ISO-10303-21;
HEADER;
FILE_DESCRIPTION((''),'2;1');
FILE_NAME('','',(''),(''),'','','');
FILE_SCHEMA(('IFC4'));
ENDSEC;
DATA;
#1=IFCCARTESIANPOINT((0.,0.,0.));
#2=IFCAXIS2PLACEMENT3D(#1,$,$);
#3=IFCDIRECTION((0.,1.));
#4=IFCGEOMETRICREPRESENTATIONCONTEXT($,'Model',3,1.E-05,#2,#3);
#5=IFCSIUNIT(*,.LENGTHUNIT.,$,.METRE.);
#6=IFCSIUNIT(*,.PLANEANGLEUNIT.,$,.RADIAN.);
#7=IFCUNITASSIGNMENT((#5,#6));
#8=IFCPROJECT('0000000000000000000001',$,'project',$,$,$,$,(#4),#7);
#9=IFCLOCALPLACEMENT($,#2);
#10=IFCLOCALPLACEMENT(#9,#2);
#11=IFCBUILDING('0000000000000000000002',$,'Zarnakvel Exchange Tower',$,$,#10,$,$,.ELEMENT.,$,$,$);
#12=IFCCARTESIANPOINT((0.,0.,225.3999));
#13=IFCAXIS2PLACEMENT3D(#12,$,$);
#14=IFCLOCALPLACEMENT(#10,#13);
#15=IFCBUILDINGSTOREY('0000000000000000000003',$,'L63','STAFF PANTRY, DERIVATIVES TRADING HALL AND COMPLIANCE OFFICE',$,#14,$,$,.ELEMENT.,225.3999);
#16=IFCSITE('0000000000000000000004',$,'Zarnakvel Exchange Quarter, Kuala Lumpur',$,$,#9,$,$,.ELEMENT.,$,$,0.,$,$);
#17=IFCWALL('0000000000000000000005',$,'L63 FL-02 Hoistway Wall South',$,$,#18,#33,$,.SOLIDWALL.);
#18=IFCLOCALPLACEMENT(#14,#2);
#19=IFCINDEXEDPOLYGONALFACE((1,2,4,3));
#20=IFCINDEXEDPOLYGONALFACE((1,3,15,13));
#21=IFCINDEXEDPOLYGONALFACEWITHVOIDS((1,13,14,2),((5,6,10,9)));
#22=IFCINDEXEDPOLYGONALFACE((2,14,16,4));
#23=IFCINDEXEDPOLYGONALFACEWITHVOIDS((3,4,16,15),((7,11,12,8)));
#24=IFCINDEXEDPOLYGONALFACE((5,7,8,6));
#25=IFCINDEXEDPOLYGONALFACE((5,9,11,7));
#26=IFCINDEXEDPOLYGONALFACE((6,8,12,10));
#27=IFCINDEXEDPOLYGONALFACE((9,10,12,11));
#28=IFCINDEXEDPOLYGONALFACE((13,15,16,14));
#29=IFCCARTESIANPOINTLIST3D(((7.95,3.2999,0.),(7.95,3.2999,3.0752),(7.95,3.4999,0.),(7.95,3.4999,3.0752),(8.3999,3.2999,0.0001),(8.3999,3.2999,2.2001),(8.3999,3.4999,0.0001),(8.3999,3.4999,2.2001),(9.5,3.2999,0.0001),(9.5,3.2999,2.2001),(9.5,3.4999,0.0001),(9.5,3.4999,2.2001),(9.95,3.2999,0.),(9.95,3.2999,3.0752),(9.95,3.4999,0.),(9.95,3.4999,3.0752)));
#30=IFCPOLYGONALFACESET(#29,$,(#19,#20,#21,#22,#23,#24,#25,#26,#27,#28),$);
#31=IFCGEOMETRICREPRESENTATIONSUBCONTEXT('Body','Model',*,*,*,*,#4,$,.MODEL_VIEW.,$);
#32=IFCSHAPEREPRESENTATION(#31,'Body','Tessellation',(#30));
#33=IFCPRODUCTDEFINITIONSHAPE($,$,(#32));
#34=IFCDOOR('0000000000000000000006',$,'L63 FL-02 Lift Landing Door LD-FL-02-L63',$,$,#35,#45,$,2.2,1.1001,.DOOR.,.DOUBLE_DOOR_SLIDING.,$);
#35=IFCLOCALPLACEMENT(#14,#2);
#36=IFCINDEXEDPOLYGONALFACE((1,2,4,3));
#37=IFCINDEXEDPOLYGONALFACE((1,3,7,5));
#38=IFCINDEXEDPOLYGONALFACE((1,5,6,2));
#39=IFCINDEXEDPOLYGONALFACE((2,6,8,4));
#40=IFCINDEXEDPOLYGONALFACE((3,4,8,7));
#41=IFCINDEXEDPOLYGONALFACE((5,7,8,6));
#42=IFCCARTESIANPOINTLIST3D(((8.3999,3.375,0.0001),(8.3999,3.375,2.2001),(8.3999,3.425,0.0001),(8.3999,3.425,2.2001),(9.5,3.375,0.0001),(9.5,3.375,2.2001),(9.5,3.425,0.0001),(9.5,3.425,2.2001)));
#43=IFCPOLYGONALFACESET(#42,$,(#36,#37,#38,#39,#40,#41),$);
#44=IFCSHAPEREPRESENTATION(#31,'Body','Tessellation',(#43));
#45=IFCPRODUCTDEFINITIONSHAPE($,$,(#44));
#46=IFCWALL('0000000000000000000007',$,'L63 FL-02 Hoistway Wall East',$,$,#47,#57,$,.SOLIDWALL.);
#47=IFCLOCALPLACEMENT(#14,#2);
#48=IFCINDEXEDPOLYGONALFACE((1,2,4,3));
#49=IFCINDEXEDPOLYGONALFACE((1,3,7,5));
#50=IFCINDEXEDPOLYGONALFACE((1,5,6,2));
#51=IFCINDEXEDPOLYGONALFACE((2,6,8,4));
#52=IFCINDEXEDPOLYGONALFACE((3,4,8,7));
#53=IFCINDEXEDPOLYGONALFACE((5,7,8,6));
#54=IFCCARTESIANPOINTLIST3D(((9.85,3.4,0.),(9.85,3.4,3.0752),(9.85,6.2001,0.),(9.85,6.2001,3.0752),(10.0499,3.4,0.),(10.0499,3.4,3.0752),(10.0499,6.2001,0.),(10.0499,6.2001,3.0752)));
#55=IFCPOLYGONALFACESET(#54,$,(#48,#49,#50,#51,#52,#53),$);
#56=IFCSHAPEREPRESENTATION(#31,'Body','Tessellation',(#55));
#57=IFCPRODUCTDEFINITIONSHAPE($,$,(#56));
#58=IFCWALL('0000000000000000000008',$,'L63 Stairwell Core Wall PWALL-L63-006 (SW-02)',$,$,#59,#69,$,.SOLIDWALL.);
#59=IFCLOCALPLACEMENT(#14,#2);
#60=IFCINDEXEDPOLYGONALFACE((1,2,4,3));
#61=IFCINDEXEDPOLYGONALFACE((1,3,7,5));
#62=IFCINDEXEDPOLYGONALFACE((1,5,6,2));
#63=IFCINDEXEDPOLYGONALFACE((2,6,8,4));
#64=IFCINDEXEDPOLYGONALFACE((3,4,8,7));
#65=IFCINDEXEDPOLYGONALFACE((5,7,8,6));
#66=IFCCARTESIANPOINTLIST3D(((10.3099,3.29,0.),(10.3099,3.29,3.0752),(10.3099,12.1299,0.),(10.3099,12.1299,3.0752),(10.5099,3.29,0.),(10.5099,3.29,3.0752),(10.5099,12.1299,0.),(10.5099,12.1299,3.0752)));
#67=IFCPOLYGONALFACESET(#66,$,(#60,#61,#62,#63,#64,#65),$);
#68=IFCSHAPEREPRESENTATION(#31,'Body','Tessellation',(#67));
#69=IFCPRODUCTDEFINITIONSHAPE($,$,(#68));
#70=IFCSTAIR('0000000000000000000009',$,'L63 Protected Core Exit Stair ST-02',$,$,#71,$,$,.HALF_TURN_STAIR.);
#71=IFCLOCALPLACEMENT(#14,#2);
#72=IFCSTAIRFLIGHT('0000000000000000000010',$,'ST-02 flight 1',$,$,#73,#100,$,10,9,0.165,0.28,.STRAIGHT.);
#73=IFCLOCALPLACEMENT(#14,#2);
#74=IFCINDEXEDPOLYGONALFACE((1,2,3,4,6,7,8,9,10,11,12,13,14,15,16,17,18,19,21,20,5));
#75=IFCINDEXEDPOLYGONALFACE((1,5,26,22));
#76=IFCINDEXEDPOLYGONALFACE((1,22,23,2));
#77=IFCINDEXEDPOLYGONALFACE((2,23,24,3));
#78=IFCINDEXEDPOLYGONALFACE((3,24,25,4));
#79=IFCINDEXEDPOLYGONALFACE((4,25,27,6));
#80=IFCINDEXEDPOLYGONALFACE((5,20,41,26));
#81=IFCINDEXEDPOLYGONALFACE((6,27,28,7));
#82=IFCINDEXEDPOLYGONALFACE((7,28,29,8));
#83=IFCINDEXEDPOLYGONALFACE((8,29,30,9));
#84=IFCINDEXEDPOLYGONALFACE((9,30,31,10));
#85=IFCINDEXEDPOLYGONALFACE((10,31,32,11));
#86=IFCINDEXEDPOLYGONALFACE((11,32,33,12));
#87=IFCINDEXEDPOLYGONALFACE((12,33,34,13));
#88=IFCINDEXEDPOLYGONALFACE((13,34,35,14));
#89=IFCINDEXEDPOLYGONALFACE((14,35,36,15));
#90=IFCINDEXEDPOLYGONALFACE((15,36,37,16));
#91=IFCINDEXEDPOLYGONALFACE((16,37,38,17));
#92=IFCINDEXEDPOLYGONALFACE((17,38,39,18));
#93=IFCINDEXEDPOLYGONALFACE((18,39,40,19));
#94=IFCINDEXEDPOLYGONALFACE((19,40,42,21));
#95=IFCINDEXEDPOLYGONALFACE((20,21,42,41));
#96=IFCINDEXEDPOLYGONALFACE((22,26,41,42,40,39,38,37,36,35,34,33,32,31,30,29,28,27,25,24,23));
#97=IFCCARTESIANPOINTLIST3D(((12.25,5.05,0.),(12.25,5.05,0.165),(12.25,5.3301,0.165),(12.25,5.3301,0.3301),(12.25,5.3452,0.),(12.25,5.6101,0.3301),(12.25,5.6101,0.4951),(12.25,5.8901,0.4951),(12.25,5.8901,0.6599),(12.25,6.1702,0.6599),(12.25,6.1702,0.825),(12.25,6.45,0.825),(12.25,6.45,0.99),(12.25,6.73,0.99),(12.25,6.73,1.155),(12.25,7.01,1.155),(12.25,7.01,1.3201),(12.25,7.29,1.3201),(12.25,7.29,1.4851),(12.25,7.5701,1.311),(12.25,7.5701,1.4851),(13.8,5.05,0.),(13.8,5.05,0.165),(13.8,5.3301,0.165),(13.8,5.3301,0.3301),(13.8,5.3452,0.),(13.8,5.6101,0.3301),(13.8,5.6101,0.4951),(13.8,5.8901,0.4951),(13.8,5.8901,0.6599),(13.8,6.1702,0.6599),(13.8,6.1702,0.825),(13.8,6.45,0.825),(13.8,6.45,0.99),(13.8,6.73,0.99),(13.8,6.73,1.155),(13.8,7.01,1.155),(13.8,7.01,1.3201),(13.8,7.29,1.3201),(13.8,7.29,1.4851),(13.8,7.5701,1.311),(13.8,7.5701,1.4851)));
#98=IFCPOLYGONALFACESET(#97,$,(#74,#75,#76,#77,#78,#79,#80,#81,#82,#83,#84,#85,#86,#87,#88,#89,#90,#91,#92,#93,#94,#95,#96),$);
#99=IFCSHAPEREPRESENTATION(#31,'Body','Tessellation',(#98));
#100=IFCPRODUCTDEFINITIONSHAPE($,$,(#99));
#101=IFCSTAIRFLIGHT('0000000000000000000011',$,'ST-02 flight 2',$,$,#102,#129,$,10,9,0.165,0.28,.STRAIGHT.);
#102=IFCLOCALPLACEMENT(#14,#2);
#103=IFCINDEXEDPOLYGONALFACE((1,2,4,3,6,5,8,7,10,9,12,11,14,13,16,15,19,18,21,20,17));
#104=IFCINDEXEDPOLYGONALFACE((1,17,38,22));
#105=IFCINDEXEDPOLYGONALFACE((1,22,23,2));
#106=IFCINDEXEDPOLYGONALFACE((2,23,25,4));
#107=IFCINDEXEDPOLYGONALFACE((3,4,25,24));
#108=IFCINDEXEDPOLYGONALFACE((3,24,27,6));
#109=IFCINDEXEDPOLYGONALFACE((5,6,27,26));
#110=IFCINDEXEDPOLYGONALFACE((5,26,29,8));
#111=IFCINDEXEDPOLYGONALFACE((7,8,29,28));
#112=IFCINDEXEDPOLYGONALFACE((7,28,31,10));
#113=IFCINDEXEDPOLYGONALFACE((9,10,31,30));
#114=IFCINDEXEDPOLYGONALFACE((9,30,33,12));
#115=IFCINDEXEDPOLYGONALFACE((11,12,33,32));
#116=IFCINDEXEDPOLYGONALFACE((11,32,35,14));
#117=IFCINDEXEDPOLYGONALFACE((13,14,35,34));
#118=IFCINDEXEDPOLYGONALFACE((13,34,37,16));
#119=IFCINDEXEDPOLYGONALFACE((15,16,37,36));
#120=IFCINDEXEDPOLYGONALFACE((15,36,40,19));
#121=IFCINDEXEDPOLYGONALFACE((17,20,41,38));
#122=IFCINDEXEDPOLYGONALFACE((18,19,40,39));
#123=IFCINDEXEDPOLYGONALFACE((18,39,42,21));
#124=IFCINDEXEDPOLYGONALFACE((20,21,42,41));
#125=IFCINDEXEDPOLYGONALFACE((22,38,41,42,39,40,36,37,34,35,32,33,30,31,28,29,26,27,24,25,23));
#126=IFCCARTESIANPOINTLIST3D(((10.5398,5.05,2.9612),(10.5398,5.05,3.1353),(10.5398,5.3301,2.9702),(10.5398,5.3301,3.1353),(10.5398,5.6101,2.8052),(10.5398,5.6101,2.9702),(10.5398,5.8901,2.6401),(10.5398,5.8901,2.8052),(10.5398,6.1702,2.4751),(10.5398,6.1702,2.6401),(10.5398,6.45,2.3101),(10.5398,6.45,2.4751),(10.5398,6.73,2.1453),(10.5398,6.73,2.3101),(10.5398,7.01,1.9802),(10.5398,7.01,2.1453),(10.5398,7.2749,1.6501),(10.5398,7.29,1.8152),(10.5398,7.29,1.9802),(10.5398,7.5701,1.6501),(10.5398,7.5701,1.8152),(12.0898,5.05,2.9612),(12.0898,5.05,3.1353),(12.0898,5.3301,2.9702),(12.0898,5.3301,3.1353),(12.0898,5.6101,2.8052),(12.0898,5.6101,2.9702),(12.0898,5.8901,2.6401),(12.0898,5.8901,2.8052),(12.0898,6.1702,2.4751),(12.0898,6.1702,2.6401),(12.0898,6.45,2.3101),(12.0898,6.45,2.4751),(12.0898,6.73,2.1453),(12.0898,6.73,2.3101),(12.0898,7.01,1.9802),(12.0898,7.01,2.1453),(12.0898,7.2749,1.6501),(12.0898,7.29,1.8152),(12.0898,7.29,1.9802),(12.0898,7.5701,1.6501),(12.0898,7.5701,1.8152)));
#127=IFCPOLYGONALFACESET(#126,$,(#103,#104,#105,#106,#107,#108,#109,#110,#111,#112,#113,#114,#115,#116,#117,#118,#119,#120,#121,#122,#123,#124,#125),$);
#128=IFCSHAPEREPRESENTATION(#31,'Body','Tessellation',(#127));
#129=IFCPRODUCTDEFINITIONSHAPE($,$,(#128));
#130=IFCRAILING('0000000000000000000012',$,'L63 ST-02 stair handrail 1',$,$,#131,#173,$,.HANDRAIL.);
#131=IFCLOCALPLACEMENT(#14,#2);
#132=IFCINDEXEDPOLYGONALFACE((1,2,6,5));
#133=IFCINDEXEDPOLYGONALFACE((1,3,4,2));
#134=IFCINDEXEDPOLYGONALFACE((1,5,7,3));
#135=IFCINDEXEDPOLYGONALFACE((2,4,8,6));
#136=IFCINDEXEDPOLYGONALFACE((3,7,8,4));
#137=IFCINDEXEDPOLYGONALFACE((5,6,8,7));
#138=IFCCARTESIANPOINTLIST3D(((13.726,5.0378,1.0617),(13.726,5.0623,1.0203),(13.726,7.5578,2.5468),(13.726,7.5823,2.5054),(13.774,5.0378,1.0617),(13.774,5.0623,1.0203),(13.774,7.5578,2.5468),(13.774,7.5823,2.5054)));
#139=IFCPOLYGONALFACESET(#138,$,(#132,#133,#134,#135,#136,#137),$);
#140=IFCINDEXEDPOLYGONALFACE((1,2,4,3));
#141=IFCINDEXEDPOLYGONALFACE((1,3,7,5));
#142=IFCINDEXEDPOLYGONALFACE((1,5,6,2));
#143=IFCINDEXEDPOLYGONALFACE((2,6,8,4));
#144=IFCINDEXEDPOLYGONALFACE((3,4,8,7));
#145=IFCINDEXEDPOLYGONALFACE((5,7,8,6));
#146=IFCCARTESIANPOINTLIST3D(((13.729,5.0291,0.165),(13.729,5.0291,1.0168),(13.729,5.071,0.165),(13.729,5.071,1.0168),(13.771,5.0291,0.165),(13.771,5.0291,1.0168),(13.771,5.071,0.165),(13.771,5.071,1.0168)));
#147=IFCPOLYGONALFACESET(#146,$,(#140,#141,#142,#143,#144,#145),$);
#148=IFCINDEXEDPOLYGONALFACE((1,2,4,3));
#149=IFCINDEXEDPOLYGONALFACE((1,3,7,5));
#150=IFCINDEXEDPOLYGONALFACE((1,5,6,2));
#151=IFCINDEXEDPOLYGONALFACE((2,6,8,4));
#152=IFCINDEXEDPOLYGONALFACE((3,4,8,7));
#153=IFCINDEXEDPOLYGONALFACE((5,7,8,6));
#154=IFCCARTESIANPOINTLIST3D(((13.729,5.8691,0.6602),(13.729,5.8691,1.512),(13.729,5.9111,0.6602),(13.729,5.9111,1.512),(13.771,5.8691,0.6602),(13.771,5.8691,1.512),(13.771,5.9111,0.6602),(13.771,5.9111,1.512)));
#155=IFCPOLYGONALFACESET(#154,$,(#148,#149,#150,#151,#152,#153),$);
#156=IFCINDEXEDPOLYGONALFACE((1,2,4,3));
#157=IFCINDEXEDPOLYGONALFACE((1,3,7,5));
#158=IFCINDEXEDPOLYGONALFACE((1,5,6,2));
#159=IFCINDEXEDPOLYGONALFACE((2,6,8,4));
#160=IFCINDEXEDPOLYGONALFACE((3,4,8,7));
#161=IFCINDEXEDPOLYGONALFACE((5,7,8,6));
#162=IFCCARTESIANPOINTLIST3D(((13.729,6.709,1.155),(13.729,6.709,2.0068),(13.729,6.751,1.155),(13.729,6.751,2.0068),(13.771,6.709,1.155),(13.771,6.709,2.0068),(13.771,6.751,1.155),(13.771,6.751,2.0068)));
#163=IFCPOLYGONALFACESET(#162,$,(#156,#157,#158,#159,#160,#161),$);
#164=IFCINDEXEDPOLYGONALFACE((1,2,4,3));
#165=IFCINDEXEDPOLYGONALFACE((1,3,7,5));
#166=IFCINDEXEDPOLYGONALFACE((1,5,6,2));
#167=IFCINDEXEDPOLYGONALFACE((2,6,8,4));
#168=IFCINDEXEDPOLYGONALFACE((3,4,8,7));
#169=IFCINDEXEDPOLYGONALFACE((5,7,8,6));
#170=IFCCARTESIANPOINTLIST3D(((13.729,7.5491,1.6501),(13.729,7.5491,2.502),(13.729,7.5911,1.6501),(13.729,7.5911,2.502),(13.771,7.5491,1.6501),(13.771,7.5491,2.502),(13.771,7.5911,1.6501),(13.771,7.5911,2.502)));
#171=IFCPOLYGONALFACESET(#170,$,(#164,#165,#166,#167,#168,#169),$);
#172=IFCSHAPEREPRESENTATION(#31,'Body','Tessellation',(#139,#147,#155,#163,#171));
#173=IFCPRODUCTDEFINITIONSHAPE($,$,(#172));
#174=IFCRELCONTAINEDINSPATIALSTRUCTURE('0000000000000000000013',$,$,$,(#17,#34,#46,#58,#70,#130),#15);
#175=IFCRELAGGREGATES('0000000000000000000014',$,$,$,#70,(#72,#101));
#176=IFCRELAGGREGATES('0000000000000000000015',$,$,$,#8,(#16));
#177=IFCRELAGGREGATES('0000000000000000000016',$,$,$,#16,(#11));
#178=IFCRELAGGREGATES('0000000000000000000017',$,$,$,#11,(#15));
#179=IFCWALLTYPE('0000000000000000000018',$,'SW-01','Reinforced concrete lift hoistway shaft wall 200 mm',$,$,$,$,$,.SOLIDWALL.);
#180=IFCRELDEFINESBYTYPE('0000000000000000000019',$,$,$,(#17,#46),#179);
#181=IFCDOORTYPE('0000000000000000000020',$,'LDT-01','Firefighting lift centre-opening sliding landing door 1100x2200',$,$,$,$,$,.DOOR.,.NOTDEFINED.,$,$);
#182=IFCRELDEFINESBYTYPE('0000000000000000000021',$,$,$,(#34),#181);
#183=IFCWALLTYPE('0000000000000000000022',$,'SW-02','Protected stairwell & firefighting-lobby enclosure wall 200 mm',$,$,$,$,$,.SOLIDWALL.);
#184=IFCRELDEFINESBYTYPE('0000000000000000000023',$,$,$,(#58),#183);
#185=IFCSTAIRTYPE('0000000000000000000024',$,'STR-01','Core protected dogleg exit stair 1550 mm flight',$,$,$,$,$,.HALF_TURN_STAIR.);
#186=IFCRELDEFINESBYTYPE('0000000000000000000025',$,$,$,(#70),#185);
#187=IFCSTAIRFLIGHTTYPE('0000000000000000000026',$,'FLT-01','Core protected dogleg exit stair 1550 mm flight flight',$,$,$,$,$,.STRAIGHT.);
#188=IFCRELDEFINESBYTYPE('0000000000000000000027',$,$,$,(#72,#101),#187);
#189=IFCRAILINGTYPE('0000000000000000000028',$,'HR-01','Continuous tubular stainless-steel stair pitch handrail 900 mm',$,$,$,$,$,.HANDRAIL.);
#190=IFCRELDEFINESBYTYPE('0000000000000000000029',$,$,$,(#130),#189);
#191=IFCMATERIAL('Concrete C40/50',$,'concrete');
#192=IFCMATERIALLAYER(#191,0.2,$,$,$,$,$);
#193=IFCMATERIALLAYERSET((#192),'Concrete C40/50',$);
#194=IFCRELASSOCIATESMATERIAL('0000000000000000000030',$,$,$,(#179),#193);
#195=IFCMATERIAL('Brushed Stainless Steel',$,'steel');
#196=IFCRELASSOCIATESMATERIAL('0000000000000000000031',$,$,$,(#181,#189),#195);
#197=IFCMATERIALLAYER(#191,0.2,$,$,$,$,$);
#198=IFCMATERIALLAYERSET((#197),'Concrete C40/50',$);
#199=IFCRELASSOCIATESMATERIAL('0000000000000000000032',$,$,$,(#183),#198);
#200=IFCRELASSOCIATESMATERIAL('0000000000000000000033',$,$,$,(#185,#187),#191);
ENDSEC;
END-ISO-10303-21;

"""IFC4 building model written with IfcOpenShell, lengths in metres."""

from ifc_helpers import new_model, si_unit, direction, frame, frame_2d, origin, origin_2d, place, context, subcontext, project, spatial, polyline, rectangle, outline, extrude, source, transform, mapped, material, layer, layer_set, type_object, element, fill, aggregate, save


model = new_model("IFC4")

# Units and contexts
model_context = context("Model", 3, precision=1e-05, world=origin(), true_north=direction((0.0, 1.0)))
body_context = subcontext(model_context, "Body", "Model", "MODEL_VIEW")
ifc_project = project(units=[si_unit("LENGTHUNIT", "METRE"), si_unit("PLANEANGLEUNIT", "RADIAN")], contexts=[model_context])

# Site, building, storey
site_placement = place(None, origin())
site = spatial("IfcSite", under=ifc_project, at=site_placement, Name="Zarnakvel Exchange Quarter, Kuala Lumpur", CompositionType="ELEMENT", RefElevation=0.0)
building_placement = place(site_placement, origin())
building = spatial("IfcBuilding", under=site, at=building_placement, Name="Zarnakvel Exchange Tower", CompositionType="ELEMENT")
storey_placement = place(building_placement, frame((0.0, 0.0, 225.3999)))
storey = spatial("IfcBuildingStorey", under=building, at=storey_placement, Name="L63", Description="STAFF PANTRY, DERIVATIVES TRADING HALL AND COMPLIANCE OFFICE", CompositionType="ELEMENT", Elevation=225.3999)

# Wall, opening, door
ifc_material_1 = material(Name="Concrete C40/50", Category="concrete")
ifc_layer_1 = layer(ifc_material_1, 0.2)
ifc_layer_set_1 = layer_set([ifc_layer_1], Name="Concrete C40/50")
wall_type_1 = type_object("IfcWallType", Name="SW-01", Description="Reinforced concrete lift hoistway shaft wall 200 mm", PredefinedType="SOLIDWALL", material=ifc_layer_set_1)
wall_1_placement = place(storey_placement, frame((9.95, 3.3999, 0.0), z_axis=(0.0, 0.0, 1.0), x_axis=(-1.0, 0.0, 0.0)))
wall_1 = element("IfcWall", 1, at=wall_1_placement, inside=storey, type_object=wall_type_1, Name="L63 FL-02 Hoistway Wall South", PredefinedType="SOLIDWALL", context=body_context, shape_type="SweptSolid", body=[
    extrude(rectangle(XDim=2.0, YDim=0.2, at=frame_2d((1.0, 0.0))), origin(), (0.0, 0.0, 1.0), 3.0752),
])
opening_1_placement = place(wall_1_placement, frame((0.45, 0.0, 0.0)))
opening_1 = element("IfcOpeningElement", 2, at=opening_1_placement, cuts=wall_1, PredefinedType="OPENING", context=body_context, shape_type="SweptSolid", body=[
    extrude(rectangle(XDim=1.1001, YDim=2.2, at=frame_2d((0.55, 1.1001))), frame((0.0, 0.1099, 0.0), z_axis=(0.0, -1.0, 0.0), x_axis=(1.0, 0.0, 0.0)), (0.0, 0.0, 1.0), 0.22),
])
ifc_material_2 = material(Name="Brushed Stainless Steel", Category="steel")
door_type_1 = type_object("IfcDoorType", Name="LDT-01", Description="Firefighting lift centre-opening sliding landing door 1100x2200", OperationType="NOTDEFINED", PredefinedType="DOOR", material=ifc_material_2)
shared_shape_1 = source(origin(), body_context, "Body", "SweptSolid", [
    extrude(rectangle(XDim=1.1001, YDim=2.2, at=frame_2d((0.55, 1.1001))), frame((0.0, 0.0249, 0.0), z_axis=(0.0, -1.0, 0.0), x_axis=(1.0, 0.0, 0.0)), (0.0, 0.0, 1.0), 0.05),
])
door_1_placement = place(opening_1_placement, origin())
door_1 = element("IfcDoor", 3, at=door_1_placement, inside=storey, type_object=door_type_1, Name="L63 FL-02 Lift Landing Door LD-FL-02-L63", OperationType="DOUBLE_DOOR_SLIDING", OverallHeight=2.2, OverallWidth=1.1001, PredefinedType="DOOR", context=body_context, shape_type="MappedRepresentation", body=[
    mapped(shared_shape_1, transform((0.0, 0.0, 0.0), x_axis=(1.0, 0.0, 0.0), y_axis=(0.0, 1.0, 0.0), z_axis=(0.0, 0.0, 1.0), scale=1.0)),
])
fill(opening_1, door_1)

# Wall
wall_2_placement = place(storey_placement, frame((9.95, 6.2, 0.0), z_axis=(0.0, 0.0, 1.0), x_axis=(0.0, -1.0, 0.0)))
element("IfcWall", 4, at=wall_2_placement, inside=storey, type_object=wall_type_1, Name="L63 FL-02 Hoistway Wall East", PredefinedType="SOLIDWALL", context=body_context, shape_type="SweptSolid", body=[
    extrude(rectangle(XDim=2.8, YDim=0.2, at=frame_2d((1.3999, 0.0))), origin(), (0.0, 0.0, 1.0), 3.0752),
])

# Shared definitions
ifc_layer_2 = layer(ifc_material_1, 0.2)
ifc_layer_set_2 = layer_set([ifc_layer_2], Name="Concrete C40/50")
wall_type_2 = type_object("IfcWallType", Name="SW-02", Description="Protected stairwell & firefighting-lobby enclosure wall 200 mm", PredefinedType="SOLIDWALL", material=ifc_layer_set_2)

# Wall
wall_3_placement = place(storey_placement, frame((10.4099, 3.29, 0.0), z_axis=(0.0, 0.0, 1.0), x_axis=(0.0, 1.0, 0.0)))
element("IfcWall", 5, at=wall_3_placement, inside=storey, type_object=wall_type_2, Name="L63 Stairwell Core Wall PWALL-L63-006 (SW-02)", PredefinedType="SOLIDWALL", context=body_context, shape_type="SweptSolid", body=[
    extrude(rectangle(XDim=8.8398, YDim=0.2, at=frame_2d((4.4199, 0.0))), origin(), (0.0, 0.0, 1.0), 3.0752),
])

# Stair, stair flights
stair_type = type_object("IfcStairType", Name="STR-01", Description="Core protected dogleg exit stair 1550 mm flight", PredefinedType="HALF_TURN_STAIR", material=ifc_material_1)
stair_placement = place(storey_placement, origin())
stair = element("IfcStair", 6, at=stair_placement, inside=storey, type_object=stair_type, Name="L63 Protected Core Exit Stair ST-02", PredefinedType="HALF_TURN_STAIR")
stair_flight_type = type_object("IfcStairFlightType", Name="FLT-01", Description="Core protected dogleg exit stair 1550 mm flight flight", PredefinedType="STRAIGHT", material=ifc_material_1)
stair_flight_1_placement = place(storey_placement, frame((13.0249, 5.05, 0.0), z_axis=(0.0, 0.0, 1.0), x_axis=(0.0, 1.0, 0.0)))
stair_flight_1 = element("IfcStairFlight", 7, at=stair_flight_1_placement, type_object=stair_flight_type, Name="ST-02 flight 1", NumberOfRisers=10, NumberOfTreads=9, PredefinedType="STRAIGHT", RiserHeight=0.165, TreadLength=0.28, context=body_context, shape_type="SweptSolid", body=[
    extrude(outline(polyline([(0.0, 0.0), (0.0, 0.165), (0.28, 0.165), (0.28, 0.3301), (0.5601, 0.3301), (0.5601, 0.4951), (0.8401, 0.4951), (0.8401, 0.6599), (1.1201, 0.6599), (1.1201, 0.825), (1.3999, 0.825), (1.3999, 0.99), (1.6799, 0.99), (1.6799, 1.155), (1.96, 1.155), (1.96, 1.3201), (2.24, 1.3201), (2.24, 1.4851), (2.52, 1.4851), (2.52, 1.6499), (2.52, 1.311), (0.2952, 0.0), (0.0, 0.0)])), frame((0.0, 0.7749, 0.0), z_axis=(0.0, -1.0, 0.0), x_axis=(1.0, 0.0, 0.0)), (0.0, 0.0, 1.0), 1.55),
])
stair_flight_2_placement = place(storey_placement, frame((11.3149, 7.5701, 1.6501), z_axis=(0.0, 0.0, 1.0), x_axis=(0.0, -1.0, 0.0)))
stair_flight_2 = element("IfcStairFlight", 8, at=stair_flight_2_placement, type_object=stair_flight_type, Name="ST-02 flight 2", NumberOfRisers=10, NumberOfTreads=9, PredefinedType="STRAIGHT", RiserHeight=0.165, TreadLength=0.28, context=body_context, shape_type="SweptSolid", body=[
    extrude(outline(polyline([(0.0, 0.0), (0.0, 0.165), (0.28, 0.165), (0.28, 0.3301), (0.5601, 0.3301), (0.5601, 0.4951), (0.8401, 0.4951), (0.8401, 0.6599), (1.1201, 0.6599), (1.1201, 0.825), (1.3999, 0.825), (1.3999, 0.99), (1.6799, 0.99), (1.6799, 1.155), (1.96, 1.155), (1.96, 1.3201), (2.24, 1.3201), (2.24, 1.4851), (2.52, 1.4851), (2.52, 1.6499), (2.52, 1.311), (0.2952, 0.0), (0.0, 0.0)])), frame((0.0, 0.7749, 0.0), z_axis=(0.0, -1.0, 0.0), x_axis=(1.0, 0.0, 0.0)), (0.0, 0.0, 1.0), 1.55),
])
aggregate(stair, [stair_flight_1, stair_flight_2])

# Railing
railing_type_1 = type_object("IfcRailingType", Name="HR-01", Description="Continuous tubular stainless-steel stair pitch handrail 900 mm", PredefinedType="HANDRAIL", material=ifc_material_2)
railing_1_placement = place(storey_placement, frame((13.75, 5.05, 0.165)))
element("IfcRailing", 9, at=railing_1_placement, inside=storey, type_object=railing_type_1, Name="L63 ST-02 stair handrail 1", PredefinedType="HANDRAIL", context=body_context, shape_type="SweptSolid", body=[
    extrude(rectangle(XDim=0.0481, YDim=0.0481, at=origin_2d()), frame((0.0, 0.0, 0.876), z_axis=(0.0, 0.861524, 0.507717), x_axis=(-1.0, 0.0, 0.0)), (0.0, 0.0, 1.0), 2.925),
    extrude(rectangle(XDim=0.042, YDim=0.042, at=origin_2d()), origin(), (0.0, 0.0, 1.0), 0.8518),
    extrude(rectangle(XDim=0.042, YDim=0.042, at=origin_2d()), frame((0.0, 0.8401, 0.4951)), (0.0, 0.0, 1.0), 0.8518),
    extrude(rectangle(XDim=0.042, YDim=0.042, at=origin_2d()), frame((0.0, 1.6799, 0.99)), (0.0, 0.0, 1.0), 0.8518),
    extrude(rectangle(XDim=0.042, YDim=0.042, at=origin_2d()), frame((0.0, 2.52, 1.4851)), (0.0, 0.0, 1.0), 0.8518),
])

save(model, "model.ifc")
